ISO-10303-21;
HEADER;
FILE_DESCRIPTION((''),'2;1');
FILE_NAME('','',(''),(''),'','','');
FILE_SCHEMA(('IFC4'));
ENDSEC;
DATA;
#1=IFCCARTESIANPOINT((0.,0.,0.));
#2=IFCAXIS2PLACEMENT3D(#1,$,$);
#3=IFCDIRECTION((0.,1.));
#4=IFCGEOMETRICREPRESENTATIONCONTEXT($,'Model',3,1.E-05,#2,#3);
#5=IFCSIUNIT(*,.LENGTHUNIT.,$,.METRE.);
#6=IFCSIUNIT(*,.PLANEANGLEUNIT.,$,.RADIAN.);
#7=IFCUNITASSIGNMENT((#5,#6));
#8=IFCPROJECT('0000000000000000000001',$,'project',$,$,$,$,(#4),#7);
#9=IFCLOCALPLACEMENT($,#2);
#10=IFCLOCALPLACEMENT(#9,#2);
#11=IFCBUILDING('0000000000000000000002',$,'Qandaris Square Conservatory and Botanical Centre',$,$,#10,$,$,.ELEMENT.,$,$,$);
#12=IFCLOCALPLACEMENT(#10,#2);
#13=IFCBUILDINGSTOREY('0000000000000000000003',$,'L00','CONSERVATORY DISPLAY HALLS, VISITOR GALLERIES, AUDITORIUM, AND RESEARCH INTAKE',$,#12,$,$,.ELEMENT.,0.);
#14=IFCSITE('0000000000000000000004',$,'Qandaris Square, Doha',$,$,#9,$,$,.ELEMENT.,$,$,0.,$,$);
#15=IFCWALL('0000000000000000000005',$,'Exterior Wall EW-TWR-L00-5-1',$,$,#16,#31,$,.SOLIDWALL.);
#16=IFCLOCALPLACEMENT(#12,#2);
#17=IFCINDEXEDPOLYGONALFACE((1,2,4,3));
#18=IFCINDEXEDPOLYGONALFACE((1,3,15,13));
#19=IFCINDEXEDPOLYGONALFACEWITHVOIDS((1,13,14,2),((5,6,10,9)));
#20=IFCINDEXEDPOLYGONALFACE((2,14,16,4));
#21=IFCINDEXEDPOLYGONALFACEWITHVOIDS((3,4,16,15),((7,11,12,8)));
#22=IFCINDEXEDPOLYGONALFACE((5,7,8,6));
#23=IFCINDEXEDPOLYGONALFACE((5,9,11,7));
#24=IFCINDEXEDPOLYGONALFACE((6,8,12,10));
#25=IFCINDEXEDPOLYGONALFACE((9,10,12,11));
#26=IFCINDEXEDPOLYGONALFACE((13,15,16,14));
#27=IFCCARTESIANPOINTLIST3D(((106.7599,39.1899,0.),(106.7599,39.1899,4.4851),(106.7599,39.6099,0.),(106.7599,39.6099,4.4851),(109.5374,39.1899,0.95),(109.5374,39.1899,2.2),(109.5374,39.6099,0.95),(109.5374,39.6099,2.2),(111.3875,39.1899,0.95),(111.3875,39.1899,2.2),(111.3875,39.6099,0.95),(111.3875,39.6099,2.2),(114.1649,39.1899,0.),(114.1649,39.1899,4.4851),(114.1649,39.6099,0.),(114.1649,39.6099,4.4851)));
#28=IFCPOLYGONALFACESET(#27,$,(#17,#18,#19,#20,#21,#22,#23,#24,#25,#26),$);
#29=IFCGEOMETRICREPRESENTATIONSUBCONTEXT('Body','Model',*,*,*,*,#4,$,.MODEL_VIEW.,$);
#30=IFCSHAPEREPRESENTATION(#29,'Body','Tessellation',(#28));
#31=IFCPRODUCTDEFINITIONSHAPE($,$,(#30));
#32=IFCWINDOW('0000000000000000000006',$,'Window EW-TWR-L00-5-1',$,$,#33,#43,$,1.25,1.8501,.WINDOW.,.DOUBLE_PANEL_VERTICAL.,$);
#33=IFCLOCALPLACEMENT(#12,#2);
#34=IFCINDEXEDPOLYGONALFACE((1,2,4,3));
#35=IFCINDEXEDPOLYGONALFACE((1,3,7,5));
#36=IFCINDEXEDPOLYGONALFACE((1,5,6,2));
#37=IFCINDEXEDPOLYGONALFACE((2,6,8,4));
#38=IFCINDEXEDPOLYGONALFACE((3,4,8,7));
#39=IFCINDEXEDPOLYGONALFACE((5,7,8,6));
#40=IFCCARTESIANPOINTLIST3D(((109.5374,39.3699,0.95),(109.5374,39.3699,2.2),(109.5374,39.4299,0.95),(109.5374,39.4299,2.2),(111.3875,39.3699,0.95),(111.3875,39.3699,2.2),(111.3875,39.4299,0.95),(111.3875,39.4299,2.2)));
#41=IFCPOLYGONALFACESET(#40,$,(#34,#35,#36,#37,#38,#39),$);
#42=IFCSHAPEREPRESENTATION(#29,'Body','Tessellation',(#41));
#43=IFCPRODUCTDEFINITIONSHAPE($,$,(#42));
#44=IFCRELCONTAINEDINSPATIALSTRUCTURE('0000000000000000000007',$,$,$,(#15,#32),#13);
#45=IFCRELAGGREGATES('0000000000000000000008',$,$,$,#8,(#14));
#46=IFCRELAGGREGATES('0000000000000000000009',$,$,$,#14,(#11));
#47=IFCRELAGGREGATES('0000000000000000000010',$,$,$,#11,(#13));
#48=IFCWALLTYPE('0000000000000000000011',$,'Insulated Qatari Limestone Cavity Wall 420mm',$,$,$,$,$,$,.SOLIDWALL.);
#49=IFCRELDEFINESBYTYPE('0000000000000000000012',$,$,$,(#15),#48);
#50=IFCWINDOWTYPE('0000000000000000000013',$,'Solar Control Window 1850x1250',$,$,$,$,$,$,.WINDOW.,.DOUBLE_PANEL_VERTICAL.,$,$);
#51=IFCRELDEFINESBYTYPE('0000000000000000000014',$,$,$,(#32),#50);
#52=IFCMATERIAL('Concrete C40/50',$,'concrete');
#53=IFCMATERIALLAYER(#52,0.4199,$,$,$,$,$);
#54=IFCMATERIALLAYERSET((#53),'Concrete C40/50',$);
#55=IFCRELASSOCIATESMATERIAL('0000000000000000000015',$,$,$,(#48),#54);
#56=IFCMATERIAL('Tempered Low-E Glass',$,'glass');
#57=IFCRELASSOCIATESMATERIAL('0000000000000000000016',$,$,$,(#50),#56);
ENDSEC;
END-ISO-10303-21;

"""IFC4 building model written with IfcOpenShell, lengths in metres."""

from ifc_helpers import new_model, si_unit, direction, frame, frame_2d, origin, place, context, subcontext, project, spatial, rectangle, extrude, material, layer, layer_set, type_object, element, fill, save


model = new_model("IFC4")

# Units and contexts
model_context = context("Model", 3, precision=1e-05, world=origin(), true_north=direction((0.0, 1.0)))
body_context = subcontext(model_context, "Body", "Model", "MODEL_VIEW")
ifc_project = project(units=[si_unit("LENGTHUNIT", "METRE"), si_unit("PLANEANGLEUNIT", "RADIAN")], contexts=[model_context])

# Site, building, storey
site_placement = place(None, origin())
site = spatial("IfcSite", under=ifc_project, at=site_placement, Name="Qandaris Square, Doha", CompositionType="ELEMENT", RefElevation=0.0)
building_placement = place(site_placement, origin())
building = spatial("IfcBuilding", under=site, at=building_placement, Name="Qandaris Square Conservatory and Botanical Centre", CompositionType="ELEMENT")
storey_placement = place(building_placement, origin())
storey = spatial("IfcBuildingStorey", under=building, at=storey_placement, Name="L00", Description="CONSERVATORY DISPLAY HALLS, VISITOR GALLERIES, AUDITORIUM, AND RESEARCH INTAKE", CompositionType="ELEMENT", Elevation=0.0)

# Shared definitions
ifc_material_1 = material(Name="Concrete C40/50", Category="concrete")

# Wall, opening, window
ifc_layer = layer(ifc_material_1, 0.4199)
ifc_layer_set = layer_set([ifc_layer], Name="Concrete C40/50")
wall_type = type_object("IfcWallType", Name="Insulated Qatari Limestone Cavity Wall 420mm", PredefinedType="SOLIDWALL", material=ifc_layer_set)
ifc_material_2 = material(Name="Tempered Low-E Glass", Category="glass")
wall_1_placement = place(storey_placement, frame((114.165, 39.3999, 0.0), z_axis=(0.0, 0.0, 1.0), x_axis=(-1.0, 0.0, 0.0)))
wall_1 = element("IfcWall", 1, at=wall_1_placement, inside=storey, type_object=wall_type, Name="Exterior Wall EW-TWR-L00-5-1", PredefinedType="SOLIDWALL", context=body_context, shape_type="SweptSolid", body=[
    extrude(rectangle(XDim=7.405, YDim=0.4199, at=frame_2d((3.7026, 0.0))), origin(), (0.0, 0.0, 1.0), 4.4851),
])
opening_1_placement = place(wall_1_placement, frame((2.7776, 0.0, 0.95)))
opening_1 = element("IfcOpeningElement", 2, at=opening_1_placement, cuts=wall_1, PredefinedType="OPENING", context=body_context, shape_type="SweptSolid", body=[
    extrude(rectangle(XDim=1.8501, YDim=1.25, at=frame_2d((0.925, 0.625))), frame((0.0, 0.2219, 0.0), z_axis=(0.0, -1.0, 0.0), x_axis=(1.0, 0.0, 0.0)), (0.0, 0.0, 1.0), 0.4438),
])
window_type_1 = type_object("IfcWindowType", Name="Solar Control Window 1850x1250", PartitioningType="DOUBLE_PANEL_VERTICAL", PredefinedType="WINDOW", material=ifc_material_2)
window_1_placement = place(opening_1_placement, origin())
window_1 = element("IfcWindow", 3, at=window_1_placement, inside=storey, type_object=window_type_1, Name="Window EW-TWR-L00-5-1", OverallHeight=1.25, OverallWidth=1.8501, PartitioningType="DOUBLE_PANEL_VERTICAL", PredefinedType="WINDOW", context=body_context, shape_type="SweptSolid", body=[
    extrude(rectangle(XDim=1.8501, YDim=1.25, at=frame_2d((0.925, 0.625))), frame((0.0, 0.03, 0.0), z_axis=(0.0, -1.0, 0.0), x_axis=(1.0, 0.0, 0.0)), (0.0, 0.0, 1.0), 0.0601),
])
fill(opening_1, window_1)

save(model, "model.ifc")
